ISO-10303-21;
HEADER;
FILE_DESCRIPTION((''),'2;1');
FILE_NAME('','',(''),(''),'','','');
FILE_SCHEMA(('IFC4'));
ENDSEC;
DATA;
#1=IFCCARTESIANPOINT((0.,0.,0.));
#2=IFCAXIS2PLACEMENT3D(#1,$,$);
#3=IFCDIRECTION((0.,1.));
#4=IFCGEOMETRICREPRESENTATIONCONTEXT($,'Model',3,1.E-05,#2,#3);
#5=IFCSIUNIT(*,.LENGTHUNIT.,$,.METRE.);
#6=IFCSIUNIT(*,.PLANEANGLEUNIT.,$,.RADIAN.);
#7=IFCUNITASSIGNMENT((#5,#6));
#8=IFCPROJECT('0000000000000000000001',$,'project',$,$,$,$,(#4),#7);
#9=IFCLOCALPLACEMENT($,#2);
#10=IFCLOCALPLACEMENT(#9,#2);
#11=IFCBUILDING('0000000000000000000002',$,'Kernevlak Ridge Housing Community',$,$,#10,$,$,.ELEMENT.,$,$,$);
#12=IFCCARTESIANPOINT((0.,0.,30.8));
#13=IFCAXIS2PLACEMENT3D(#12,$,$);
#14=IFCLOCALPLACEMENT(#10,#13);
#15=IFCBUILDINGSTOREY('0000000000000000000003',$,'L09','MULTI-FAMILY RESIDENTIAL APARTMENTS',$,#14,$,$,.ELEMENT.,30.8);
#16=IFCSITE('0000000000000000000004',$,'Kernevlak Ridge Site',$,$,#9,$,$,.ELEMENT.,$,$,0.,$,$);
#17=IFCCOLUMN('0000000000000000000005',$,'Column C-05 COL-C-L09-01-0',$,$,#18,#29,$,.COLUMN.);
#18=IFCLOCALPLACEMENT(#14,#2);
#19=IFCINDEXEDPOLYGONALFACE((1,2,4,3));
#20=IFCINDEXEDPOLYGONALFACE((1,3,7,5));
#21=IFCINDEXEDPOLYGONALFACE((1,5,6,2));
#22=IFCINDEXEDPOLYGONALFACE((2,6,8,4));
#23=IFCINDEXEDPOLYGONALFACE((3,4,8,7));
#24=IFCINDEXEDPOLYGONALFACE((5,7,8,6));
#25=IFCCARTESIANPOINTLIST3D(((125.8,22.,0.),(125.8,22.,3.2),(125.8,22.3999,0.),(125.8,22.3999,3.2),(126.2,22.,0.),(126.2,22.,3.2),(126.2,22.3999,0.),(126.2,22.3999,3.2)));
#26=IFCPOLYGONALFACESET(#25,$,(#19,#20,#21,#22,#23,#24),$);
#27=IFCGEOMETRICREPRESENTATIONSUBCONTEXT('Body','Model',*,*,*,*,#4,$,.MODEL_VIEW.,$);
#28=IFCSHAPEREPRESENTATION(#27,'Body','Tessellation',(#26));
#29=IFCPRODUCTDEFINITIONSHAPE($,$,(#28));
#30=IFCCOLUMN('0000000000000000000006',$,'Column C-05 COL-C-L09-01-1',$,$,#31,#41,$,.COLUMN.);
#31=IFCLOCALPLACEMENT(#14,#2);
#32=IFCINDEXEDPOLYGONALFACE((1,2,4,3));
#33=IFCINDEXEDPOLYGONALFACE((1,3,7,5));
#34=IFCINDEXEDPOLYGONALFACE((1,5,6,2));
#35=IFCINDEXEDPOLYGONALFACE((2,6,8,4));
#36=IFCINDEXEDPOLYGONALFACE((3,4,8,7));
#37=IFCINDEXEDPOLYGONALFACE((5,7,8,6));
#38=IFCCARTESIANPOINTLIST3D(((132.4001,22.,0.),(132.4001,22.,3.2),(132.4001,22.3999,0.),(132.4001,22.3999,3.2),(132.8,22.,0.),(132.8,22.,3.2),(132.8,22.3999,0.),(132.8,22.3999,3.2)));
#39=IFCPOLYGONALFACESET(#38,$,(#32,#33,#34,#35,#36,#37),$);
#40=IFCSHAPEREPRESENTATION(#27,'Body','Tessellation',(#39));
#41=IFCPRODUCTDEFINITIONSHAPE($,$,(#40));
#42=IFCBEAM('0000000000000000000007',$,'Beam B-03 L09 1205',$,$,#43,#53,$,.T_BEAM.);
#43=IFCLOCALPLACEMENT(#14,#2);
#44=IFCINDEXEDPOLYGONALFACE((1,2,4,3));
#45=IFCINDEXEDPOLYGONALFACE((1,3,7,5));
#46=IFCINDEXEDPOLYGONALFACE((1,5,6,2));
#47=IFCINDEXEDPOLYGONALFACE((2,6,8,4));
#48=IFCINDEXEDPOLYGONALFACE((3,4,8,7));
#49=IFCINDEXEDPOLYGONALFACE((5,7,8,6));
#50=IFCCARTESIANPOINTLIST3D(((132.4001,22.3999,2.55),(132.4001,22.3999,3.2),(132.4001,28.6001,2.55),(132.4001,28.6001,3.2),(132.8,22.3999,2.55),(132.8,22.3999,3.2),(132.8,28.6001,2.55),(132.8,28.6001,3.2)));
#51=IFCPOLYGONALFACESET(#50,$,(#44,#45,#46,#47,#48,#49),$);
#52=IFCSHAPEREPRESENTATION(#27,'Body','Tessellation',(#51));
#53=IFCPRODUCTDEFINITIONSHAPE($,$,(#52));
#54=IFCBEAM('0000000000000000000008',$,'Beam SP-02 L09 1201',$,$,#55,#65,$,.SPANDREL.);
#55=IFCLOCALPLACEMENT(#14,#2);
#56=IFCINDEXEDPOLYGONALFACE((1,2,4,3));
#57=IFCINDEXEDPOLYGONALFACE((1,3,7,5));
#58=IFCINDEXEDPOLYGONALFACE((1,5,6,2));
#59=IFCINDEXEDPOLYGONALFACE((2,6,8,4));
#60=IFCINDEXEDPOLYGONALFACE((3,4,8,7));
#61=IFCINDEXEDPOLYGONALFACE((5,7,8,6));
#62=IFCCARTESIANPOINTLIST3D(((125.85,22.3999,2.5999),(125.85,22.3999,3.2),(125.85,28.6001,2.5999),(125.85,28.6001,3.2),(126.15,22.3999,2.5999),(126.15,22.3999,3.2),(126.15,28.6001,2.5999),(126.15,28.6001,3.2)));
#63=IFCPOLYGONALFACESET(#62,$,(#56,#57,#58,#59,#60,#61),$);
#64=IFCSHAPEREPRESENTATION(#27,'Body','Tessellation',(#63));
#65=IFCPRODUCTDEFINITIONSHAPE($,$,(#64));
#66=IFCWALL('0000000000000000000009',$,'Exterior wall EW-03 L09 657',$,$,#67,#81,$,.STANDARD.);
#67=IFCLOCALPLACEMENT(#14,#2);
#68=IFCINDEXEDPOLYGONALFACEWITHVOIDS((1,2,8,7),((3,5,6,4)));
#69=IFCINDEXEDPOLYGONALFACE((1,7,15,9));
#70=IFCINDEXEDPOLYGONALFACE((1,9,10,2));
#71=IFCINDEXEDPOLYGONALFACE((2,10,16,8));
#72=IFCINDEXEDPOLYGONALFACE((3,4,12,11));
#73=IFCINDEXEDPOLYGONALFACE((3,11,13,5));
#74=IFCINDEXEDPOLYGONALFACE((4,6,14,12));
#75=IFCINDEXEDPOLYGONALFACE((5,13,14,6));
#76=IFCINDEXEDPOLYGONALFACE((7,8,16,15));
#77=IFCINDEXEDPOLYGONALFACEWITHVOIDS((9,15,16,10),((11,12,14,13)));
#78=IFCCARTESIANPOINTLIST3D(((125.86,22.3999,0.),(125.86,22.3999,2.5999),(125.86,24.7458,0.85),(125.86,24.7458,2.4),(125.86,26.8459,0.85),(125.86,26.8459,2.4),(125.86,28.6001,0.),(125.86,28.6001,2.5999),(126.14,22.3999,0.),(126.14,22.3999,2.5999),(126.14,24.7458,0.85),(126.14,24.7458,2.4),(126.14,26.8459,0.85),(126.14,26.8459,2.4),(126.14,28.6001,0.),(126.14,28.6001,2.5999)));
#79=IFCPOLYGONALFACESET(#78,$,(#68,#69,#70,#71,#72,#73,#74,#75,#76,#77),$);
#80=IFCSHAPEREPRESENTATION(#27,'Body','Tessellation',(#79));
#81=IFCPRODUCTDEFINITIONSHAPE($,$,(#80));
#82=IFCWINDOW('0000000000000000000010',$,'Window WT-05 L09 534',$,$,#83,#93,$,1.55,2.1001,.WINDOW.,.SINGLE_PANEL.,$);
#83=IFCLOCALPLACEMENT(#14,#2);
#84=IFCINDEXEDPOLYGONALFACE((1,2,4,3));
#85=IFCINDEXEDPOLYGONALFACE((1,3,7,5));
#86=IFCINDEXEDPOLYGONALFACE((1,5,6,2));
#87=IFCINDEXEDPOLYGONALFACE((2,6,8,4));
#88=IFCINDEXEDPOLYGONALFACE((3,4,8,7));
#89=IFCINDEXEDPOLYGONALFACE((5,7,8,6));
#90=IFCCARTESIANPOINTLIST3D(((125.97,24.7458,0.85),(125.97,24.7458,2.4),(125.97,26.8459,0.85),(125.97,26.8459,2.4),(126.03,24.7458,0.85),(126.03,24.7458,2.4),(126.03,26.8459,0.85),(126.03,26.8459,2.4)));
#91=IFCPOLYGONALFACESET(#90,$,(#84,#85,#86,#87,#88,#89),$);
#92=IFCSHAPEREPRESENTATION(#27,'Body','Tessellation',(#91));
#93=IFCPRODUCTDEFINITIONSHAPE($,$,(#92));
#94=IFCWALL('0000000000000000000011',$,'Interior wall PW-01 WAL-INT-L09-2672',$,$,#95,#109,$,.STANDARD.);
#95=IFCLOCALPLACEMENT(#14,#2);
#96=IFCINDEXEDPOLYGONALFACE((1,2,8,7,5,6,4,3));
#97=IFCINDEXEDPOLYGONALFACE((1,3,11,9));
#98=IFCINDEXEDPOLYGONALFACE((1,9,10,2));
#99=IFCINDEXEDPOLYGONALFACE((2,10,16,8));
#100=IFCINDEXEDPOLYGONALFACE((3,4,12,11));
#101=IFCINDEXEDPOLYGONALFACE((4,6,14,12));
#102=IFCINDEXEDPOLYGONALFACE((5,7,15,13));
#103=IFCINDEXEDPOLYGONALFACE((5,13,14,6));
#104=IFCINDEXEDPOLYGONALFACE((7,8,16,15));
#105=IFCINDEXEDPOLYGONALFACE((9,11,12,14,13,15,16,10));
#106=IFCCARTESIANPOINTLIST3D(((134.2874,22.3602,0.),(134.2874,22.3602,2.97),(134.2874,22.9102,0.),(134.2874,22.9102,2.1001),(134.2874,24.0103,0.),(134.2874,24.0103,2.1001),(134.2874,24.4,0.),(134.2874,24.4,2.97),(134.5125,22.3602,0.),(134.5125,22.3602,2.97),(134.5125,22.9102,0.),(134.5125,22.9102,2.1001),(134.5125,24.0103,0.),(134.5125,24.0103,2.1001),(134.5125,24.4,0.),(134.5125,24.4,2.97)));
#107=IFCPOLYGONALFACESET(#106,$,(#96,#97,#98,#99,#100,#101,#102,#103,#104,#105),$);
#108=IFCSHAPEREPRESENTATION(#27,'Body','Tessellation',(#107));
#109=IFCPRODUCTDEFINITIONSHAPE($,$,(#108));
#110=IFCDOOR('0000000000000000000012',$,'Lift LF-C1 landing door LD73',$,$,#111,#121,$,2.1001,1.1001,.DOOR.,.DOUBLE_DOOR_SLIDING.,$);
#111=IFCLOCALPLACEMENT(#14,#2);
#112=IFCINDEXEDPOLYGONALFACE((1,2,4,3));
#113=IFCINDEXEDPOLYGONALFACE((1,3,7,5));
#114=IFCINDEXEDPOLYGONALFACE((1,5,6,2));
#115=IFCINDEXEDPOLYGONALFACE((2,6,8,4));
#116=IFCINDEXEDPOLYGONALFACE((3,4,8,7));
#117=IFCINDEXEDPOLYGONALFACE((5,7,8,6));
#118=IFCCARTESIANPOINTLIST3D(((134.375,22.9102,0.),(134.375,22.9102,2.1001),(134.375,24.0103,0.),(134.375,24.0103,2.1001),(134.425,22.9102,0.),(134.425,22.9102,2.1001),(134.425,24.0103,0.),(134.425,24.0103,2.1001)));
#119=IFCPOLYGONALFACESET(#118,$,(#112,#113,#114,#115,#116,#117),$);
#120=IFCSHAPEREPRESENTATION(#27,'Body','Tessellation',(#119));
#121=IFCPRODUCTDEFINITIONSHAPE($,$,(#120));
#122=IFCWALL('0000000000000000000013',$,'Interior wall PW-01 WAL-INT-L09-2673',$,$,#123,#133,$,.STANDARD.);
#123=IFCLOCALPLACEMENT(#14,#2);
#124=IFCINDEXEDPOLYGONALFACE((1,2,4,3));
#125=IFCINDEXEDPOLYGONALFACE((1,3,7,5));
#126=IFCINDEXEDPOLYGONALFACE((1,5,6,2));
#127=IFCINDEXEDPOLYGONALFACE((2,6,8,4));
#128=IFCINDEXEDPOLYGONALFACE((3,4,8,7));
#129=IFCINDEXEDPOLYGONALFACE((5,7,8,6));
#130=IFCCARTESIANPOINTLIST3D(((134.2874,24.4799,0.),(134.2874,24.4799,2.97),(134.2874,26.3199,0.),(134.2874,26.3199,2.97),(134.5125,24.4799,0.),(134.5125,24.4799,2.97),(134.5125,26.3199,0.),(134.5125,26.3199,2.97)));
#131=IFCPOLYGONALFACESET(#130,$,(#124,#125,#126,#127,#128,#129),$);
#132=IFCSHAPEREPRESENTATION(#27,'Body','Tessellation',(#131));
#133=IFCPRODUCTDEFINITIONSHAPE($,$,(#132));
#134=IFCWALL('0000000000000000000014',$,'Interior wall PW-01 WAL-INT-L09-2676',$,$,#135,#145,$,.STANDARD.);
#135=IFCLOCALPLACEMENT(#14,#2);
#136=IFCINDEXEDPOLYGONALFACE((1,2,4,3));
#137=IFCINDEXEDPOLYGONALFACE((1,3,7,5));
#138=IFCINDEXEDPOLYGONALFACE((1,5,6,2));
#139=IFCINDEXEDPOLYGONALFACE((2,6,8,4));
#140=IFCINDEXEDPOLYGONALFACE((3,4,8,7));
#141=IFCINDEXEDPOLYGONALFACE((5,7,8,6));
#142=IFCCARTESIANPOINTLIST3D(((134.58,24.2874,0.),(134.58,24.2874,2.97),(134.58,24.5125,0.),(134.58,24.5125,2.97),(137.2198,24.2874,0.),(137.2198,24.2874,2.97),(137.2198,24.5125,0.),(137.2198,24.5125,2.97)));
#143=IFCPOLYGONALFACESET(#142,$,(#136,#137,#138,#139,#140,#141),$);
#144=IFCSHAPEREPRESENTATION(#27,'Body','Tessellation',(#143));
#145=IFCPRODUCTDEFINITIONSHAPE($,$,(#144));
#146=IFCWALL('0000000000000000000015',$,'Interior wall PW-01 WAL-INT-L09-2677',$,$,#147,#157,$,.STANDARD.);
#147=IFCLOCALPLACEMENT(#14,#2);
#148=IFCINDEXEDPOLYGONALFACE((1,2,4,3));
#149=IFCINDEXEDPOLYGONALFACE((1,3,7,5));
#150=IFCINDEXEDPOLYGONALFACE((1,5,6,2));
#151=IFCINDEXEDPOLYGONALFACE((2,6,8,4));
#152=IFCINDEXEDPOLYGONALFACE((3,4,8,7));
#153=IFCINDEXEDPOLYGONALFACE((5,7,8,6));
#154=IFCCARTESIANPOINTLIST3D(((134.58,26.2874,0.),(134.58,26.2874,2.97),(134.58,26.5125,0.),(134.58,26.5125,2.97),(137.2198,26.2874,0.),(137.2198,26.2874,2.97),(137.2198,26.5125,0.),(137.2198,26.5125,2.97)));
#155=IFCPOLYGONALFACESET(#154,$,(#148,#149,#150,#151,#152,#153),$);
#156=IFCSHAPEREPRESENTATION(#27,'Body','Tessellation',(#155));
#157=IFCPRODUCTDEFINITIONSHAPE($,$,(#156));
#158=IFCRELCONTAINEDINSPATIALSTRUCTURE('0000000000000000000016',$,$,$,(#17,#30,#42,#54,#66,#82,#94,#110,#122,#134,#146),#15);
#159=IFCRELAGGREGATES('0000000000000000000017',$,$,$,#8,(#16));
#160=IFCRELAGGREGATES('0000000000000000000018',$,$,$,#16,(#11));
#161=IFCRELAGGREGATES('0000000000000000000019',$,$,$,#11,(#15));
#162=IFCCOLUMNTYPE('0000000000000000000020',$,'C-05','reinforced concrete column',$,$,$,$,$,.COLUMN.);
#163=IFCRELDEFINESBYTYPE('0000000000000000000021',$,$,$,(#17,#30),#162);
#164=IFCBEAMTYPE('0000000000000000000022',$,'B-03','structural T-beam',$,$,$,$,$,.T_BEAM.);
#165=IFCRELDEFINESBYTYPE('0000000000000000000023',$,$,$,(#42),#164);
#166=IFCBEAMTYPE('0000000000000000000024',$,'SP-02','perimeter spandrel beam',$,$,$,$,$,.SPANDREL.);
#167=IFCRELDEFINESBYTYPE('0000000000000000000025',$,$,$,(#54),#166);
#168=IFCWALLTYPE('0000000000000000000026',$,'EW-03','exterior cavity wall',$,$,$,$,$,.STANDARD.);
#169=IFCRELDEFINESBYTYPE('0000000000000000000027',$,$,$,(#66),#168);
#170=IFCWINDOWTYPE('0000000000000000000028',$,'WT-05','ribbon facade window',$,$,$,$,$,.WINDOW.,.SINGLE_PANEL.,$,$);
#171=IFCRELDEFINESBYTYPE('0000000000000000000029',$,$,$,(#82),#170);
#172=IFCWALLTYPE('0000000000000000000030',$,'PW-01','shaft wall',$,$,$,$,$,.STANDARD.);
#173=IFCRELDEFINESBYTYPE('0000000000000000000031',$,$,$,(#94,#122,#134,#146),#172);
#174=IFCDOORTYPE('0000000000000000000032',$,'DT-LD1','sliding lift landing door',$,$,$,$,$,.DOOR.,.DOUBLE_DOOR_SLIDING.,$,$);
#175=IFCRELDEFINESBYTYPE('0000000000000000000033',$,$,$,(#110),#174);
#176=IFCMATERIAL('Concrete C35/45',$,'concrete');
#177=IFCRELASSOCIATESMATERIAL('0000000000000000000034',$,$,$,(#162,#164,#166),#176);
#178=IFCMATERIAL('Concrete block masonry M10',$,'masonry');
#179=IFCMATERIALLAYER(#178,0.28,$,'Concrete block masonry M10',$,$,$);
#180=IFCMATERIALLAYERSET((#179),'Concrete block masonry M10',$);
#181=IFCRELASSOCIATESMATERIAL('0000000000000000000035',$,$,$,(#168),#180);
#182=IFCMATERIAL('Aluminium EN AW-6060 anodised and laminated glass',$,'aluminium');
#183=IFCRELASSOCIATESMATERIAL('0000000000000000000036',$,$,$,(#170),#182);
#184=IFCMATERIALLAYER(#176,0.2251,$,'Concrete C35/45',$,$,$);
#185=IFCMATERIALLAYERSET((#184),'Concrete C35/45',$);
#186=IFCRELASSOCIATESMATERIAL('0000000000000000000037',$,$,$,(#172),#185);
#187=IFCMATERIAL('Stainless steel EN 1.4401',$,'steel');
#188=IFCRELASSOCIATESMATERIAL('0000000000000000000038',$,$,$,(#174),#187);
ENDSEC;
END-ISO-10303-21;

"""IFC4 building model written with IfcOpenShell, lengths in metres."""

from ifc_helpers import new_model, si_unit, direction, frame, frame_2d, origin, origin_2d, place, context, subcontext, project, spatial, rectangle, extrude, material, layer, layer_set, material_profile, profile_set, type_object, element, fill, save


model = new_model("IFC4")

# Units and contexts
model_context = context("Model", 3, precision=1e-05, world=origin(), true_north=direction((0.0, 1.0)))
body_context = subcontext(model_context, "Body", "Model", "MODEL_VIEW")
ifc_project = project(units=[si_unit("LENGTHUNIT", "METRE"), si_unit("PLANEANGLEUNIT", "RADIAN")], contexts=[model_context])

# Site, building, storey
site_placement = place(None, origin())
site = spatial("IfcSite", under=ifc_project, at=site_placement, Name="Kernevlak Ridge Site", CompositionType="ELEMENT", RefElevation=0.0)
building_placement = place(site_placement, origin())
building = spatial("IfcBuilding", under=site, at=building_placement, Name="Kernevlak Ridge Housing Community", CompositionType="ELEMENT")
storey_placement = place(building_placement, frame((0.0, 0.0, 30.8)))
storey = spatial("IfcBuildingStorey", under=building, at=storey_placement, Name="L09", Description="MULTI-FAMILY RESIDENTIAL APARTMENTS", CompositionType="ELEMENT", Elevation=30.8)

# Columns
ifc_material_1 = material(Name="Concrete C35/45", Category="concrete")
ifc_material_profile_1 = material_profile(ifc_material_1, rectangle(XDim=0.3999, YDim=0.3999, at=origin_2d()), Name="RC 400x400")
ifc_profile_set_1 = profile_set([ifc_material_profile_1], Name="Concrete C35/45")
column_type = type_object("IfcColumnType", Name="C-05", Description="reinforced concrete column", PredefinedType="COLUMN", material=ifc_profile_set_1)
for number, where, z_axis, x_axis, name in (
    (1, (126.0, 22.2, 0.0), (0.0, 0.0, 1.0), (1.0, 0.0, 0.0), "Column C-05 COL-C-L09-01-0"),
    (2, (132.6001, 22.2, 0.0), (0.0, 0.0, 1.0), (1.0, 0.0, 0.0), "Column C-05 COL-C-L09-01-1"),
):
    element("IfcColumn", number, at=place(storey_placement, frame(where, z_axis=z_axis, x_axis=x_axis)), inside=storey, type_object=column_type, Name=name, PredefinedType="COLUMN", context=body_context, shape_type="SweptSolid", body=[
        extrude(rectangle(XDim=0.3999, YDim=0.3999, at=origin_2d()), origin(), (0.0, 0.0, 1.0), 3.2),
    ])

# Beams
ifc_material_profile_2 = material_profile(ifc_material_1, rectangle(XDim=0.3999, YDim=0.6499, at=origin_2d()), Name="RC 400x650")
ifc_profile_set_2 = profile_set([ifc_material_profile_2], Name="Concrete C35/45")
beam_type_1 = type_object("IfcBeamType", Name="B-03", Description="structural T-beam", PredefinedType="T_BEAM", material=ifc_profile_set_2)
beam_1_placement = place(storey_placement, frame((132.6001, 22.3999, 2.875), z_axis=(0.0, 1.0, 0.0), x_axis=(-1.0, 0.0, 0.0)))
element("IfcBeam", 3, at=beam_1_placement, inside=storey, type_object=beam_type_1, Name="Beam B-03 L09 1205", PredefinedType="T_BEAM", context=body_context, shape_type="SweptSolid", body=[
    extrude(rectangle(XDim=0.3999, YDim=0.6499, at=origin_2d()), origin(), (0.0, 0.0, 1.0), 6.2002),
])
ifc_material_profile_3 = material_profile(ifc_material_1, rectangle(XDim=0.3, YDim=0.6001, at=origin_2d()), Name="RC 300x600")
ifc_profile_set_3 = profile_set([ifc_material_profile_3], Name="Concrete C35/45")
beam_type_2 = type_object("IfcBeamType", Name="SP-02", Description="perimeter spandrel beam", PredefinedType="SPANDREL", material=ifc_profile_set_3)
beam_2_placement = place(storey_placement, frame((126.0, 22.3999, 2.8999), z_axis=(0.0, 1.0, 0.0), x_axis=(-1.0, 0.0, 0.0)))
element("IfcBeam", 4, at=beam_2_placement, inside=storey, type_object=beam_type_2, Name="Beam SP-02 L09 1201", PredefinedType="SPANDREL", context=body_context, shape_type="SweptSolid", body=[
    extrude(rectangle(XDim=0.3, YDim=0.6001, at=origin_2d()), origin(), (0.0, 0.0, 1.0), 6.2002),
])

# Wall, opening, window
ifc_material_2 = material(Name="Concrete block masonry M10", Category="masonry")
ifc_layer_1 = layer(ifc_material_2, 0.28, Name="Concrete block masonry M10")
ifc_layer_set_1 = layer_set([ifc_layer_1], Name="Concrete block masonry M10")
wall_type_1 = type_object("IfcWallType", Name="EW-03", Description="exterior cavity wall", PredefinedType="STANDARD", material=ifc_layer_set_1)
wall_1_placement = place(storey_placement, frame((126.0, 22.3999, 0.0), z_axis=(0.0, 0.0, 1.0), x_axis=(0.0, 1.0, 0.0)))
wall_1 = element("IfcWall", 5, at=wall_1_placement, inside=storey, type_object=wall_type_1, Name="Exterior wall EW-03 L09 657", PredefinedType="STANDARD", context=body_context, shape_type="SweptSolid", body=[
    extrude(rectangle(XDim=6.2002, YDim=0.28, at=frame_2d((3.1001, 0.0))), origin(), (0.0, 0.0, 1.0), 2.5999),
])
opening_1_placement = place(wall_1_placement, frame((2.3459, 0.0, 0.8501)))
opening_1 = element("IfcOpeningElement", 6, at=opening_1_placement, cuts=wall_1, PredefinedType="OPENING", context=body_context, shape_type="SweptSolid", body=[
    extrude(rectangle(XDim=2.1001, YDim=1.55, at=frame_2d((1.05, 0.7749))), frame((0.0, 0.1499, 0.0), z_axis=(0.0, -1.0, 0.0), x_axis=(1.0, 0.0, 0.0)), (0.0, 0.0, 1.0), 0.3),
])
ifc_material_3 = material(Name="Aluminium EN AW-6060 anodised and laminated glass", Category="aluminium")
window_type = type_object("IfcWindowType", Name="WT-05", Description="ribbon facade window", PartitioningType="SINGLE_PANEL", PredefinedType="WINDOW", material=ifc_material_3)
window_placement = place(opening_1_placement, origin())
window = element("IfcWindow", 7, at=window_placement, inside=storey, type_object=window_type, Name="Window WT-05 L09 534", OverallHeight=1.55, OverallWidth=2.1001, PartitioningType="SINGLE_PANEL", PredefinedType="WINDOW", context=body_context, shape_type="SweptSolid", body=[
    extrude(rectangle(XDim=2.1001, YDim=1.55, at=frame_2d((1.05, 0.7749))), frame((0.0, 0.03, 0.0), z_axis=(0.0, -1.0, 0.0), x_axis=(1.0, 0.0, 0.0)), (0.0, 0.0, 1.0), 0.0601),
])
fill(opening_1, window)

# Wall, opening, door
ifc_layer_2 = layer(ifc_material_1, 0.2251, Name="Concrete C35/45")
ifc_layer_set_2 = layer_set([ifc_layer_2], Name="Concrete C35/45")
wall_type_2 = type_object("IfcWallType", Name="PW-01", Description="shaft wall", PredefinedType="STANDARD", material=ifc_layer_set_2)
wall_2_placement = place(storey_placement, frame((134.3999, 22.3601, 0.0), z_axis=(0.0, 0.0, 1.0), x_axis=(0.0, 1.0, 0.0)))
wall_2 = element("IfcWall", 8, at=wall_2_placement, inside=storey, type_object=wall_type_2, Name="Interior wall PW-01 WAL-INT-L09-2672", PredefinedType="STANDARD", context=body_context, shape_type="SweptSolid", body=[
    extrude(rectangle(XDim=2.0398, YDim=0.2251, at=frame_2d((1.02, 0.0))), origin(), (0.0, 0.0, 1.0), 2.97),
])
opening_2_placement = place(wall_2_placement, frame((0.55, 0.0, 0.0)))
opening_2 = element("IfcOpeningElement", 9, at=opening_2_placement, cuts=wall_2, PredefinedType="OPENING", context=body_context, shape_type="SweptSolid", body=[
    extrude(rectangle(XDim=1.1001, YDim=2.1001, at=frame_2d((0.55, 1.05))), frame((0.0, 0.1226, 0.0), z_axis=(0.0, -1.0, 0.0), x_axis=(1.0, 0.0, 0.0)), (0.0, 0.0, 1.0), 0.2451),
])
ifc_material_4 = material(Name="Stainless steel EN 1.4401", Category="steel")
door_type_1 = type_object("IfcDoorType", Name="DT-LD1", Description="sliding lift landing door", OperationType="DOUBLE_DOOR_SLIDING", PredefinedType="DOOR", material=ifc_material_4)
door_1_placement = place(opening_2_placement, origin())
door_1 = element("IfcDoor", 10, at=door_1_placement, inside=storey, type_object=door_type_1, Name="Lift LF-C1 landing door LD73", OperationType="DOUBLE_DOOR_SLIDING", OverallHeight=2.1001, OverallWidth=1.1001, PredefinedType="DOOR", context=body_context, shape_type="SweptSolid", body=[
    extrude(rectangle(XDim=1.1001, YDim=2.1001, at=frame_2d((0.55, 1.05))), frame((0.0, 0.0249, 0.0), z_axis=(0.0, -1.0, 0.0), x_axis=(1.0, 0.0, 0.0)), (0.0, 0.0, 1.0), 0.05),
])
fill(opening_2, door_1)

# Walls
wall_3_placement = place(storey_placement, frame((134.3999, 24.48, 0.0), z_axis=(0.0, 0.0, 1.0), x_axis=(0.0, 1.0, 0.0)))
element("IfcWall", 11, at=wall_3_placement, inside=storey, type_object=wall_type_2, Name="Interior wall PW-01 WAL-INT-L09-2673", PredefinedType="STANDARD", context=body_context, shape_type="SweptSolid", body=[
    extrude(rectangle(XDim=1.8401, YDim=0.2251, at=frame_2d((0.9199, 0.0))), origin(), (0.0, 0.0, 1.0), 2.97),
])
for number, where, z_axis, x_axis, name in (
    (12, (134.5801, 24.3999, 0.0), (0.0, 0.0, 1.0), (1.0, 0.0, 0.0), "Interior wall PW-01 WAL-INT-L09-2676"),
    (13, (134.5801, 26.3999, 0.0), (0.0, 0.0, 1.0), (1.0, 0.0, 0.0), "Interior wall PW-01 WAL-INT-L09-2677"),
):
    element("IfcWall", number, at=place(storey_placement, frame(where, z_axis=z_axis, x_axis=x_axis)), inside=storey, type_object=wall_type_2, Name=name, PredefinedType="STANDARD", context=body_context, shape_type="SweptSolid", body=[
        extrude(rectangle(XDim=2.6399, YDim=0.2251, at=frame_2d((1.3198, 0.0))), origin(), (0.0, 0.0, 1.0), 2.97),
    ])

save(model, "model.ifc")
